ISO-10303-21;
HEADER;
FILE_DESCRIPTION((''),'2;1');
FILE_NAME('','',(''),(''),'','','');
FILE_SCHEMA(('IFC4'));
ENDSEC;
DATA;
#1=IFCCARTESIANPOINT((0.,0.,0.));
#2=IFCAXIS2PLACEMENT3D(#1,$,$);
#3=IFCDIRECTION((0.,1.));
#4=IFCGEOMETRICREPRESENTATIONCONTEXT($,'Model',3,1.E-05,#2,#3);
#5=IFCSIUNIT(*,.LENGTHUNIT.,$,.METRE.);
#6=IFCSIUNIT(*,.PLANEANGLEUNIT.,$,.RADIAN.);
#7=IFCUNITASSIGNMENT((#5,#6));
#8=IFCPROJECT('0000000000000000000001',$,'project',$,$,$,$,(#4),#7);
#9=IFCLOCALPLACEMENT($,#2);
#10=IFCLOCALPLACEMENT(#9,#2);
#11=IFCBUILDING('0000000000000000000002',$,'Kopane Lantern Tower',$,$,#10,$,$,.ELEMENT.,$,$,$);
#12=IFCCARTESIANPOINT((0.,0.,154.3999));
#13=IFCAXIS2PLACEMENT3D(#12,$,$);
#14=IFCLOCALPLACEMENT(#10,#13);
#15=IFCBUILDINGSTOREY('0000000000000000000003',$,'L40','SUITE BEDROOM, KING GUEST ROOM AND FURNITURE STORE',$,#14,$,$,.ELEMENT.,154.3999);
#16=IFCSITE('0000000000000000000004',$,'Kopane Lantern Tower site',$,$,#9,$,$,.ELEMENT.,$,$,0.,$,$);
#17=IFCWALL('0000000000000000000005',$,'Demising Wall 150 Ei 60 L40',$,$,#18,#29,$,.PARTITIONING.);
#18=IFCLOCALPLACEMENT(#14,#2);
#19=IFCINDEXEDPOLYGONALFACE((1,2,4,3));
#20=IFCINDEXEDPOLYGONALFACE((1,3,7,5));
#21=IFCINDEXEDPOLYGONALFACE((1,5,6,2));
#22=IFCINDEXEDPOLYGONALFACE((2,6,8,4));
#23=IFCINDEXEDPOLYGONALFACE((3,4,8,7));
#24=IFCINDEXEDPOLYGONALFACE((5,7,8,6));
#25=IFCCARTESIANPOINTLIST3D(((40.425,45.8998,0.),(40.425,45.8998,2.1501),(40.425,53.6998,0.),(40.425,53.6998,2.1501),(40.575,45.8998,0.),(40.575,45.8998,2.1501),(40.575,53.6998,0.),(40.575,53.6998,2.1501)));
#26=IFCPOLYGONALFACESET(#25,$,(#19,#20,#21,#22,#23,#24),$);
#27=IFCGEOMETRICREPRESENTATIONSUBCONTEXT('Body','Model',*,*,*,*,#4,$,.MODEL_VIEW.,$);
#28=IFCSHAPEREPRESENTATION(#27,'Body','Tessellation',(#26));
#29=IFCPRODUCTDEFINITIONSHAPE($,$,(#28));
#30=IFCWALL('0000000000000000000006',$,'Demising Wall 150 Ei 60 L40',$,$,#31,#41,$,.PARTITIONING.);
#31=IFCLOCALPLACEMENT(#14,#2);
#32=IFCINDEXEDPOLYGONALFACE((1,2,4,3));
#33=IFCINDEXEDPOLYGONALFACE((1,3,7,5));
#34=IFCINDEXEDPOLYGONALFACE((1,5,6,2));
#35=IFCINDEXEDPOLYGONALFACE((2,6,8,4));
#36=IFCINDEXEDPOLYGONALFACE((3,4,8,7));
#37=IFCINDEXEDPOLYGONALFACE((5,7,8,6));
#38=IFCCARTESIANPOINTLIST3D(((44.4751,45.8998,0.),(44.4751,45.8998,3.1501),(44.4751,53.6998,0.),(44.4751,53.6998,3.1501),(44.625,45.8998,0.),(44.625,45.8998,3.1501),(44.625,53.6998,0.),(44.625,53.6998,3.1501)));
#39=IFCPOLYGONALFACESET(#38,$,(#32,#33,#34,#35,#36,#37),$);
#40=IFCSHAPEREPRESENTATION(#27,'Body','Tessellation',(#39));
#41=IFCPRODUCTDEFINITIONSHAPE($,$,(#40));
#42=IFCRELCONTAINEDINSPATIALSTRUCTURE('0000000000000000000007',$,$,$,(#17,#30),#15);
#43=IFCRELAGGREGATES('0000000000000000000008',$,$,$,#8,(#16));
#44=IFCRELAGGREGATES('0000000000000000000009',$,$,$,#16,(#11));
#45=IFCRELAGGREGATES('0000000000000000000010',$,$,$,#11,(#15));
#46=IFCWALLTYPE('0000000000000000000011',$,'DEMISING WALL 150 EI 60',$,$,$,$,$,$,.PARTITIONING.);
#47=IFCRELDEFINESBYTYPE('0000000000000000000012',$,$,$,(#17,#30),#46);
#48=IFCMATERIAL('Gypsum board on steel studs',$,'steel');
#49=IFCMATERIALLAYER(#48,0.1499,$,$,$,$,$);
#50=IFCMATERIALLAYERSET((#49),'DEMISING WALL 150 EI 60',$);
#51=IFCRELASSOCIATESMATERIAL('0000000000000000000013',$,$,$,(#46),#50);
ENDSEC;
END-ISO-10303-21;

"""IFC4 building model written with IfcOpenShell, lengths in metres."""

from ifc_helpers import new_model, si_unit, direction, frame, frame_2d, origin, place, context, subcontext, project, spatial, rectangle, extrude, material, layer, layer_set, type_object, element, save


model = new_model("IFC4")

# Units and contexts
model_context = context("Model", 3, precision=1e-05, world=origin(), true_north=direction((0.0, 1.0)))
body_context = subcontext(model_context, "Body", "Model", "MODEL_VIEW")
ifc_project = project(units=[si_unit("LENGTHUNIT", "METRE"), si_unit("PLANEANGLEUNIT", "RADIAN")], contexts=[model_context])

# Site, building, storey
site_placement = place(None, origin())
site = spatial("IfcSite", under=ifc_project, at=site_placement, Name="Kopane Lantern Tower site", CompositionType="ELEMENT", RefElevation=0.0)
building_placement = place(site_placement, origin())
building = spatial("IfcBuilding", under=site, at=building_placement, Name="Kopane Lantern Tower", CompositionType="ELEMENT")
storey_placement = place(building_placement, frame((0.0, 0.0, 154.3999)))
storey = spatial("IfcBuildingStorey", under=building, at=storey_placement, Name="L40", Description="SUITE BEDROOM, KING GUEST ROOM AND FURNITURE STORE", CompositionType="ELEMENT", Elevation=154.3999)

# Walls
ifc_material_1 = material(Name="Gypsum board on steel studs", Category="steel")
ifc_layer_1 = layer(ifc_material_1, 0.1499)
ifc_layer_set_1 = layer_set([ifc_layer_1], Name="DEMISING WALL 150 EI 60")
wall_type_1 = type_object("IfcWallType", Name="DEMISING WALL 150 EI 60", PredefinedType="PARTITIONING", material=ifc_layer_set_1)
wall_1_placement = place(storey_placement, frame((40.5, 45.8999, 0.0), z_axis=(0.0, 0.0, 1.0), x_axis=(0.0, 1.0, 0.0)))
element("IfcWall", 1, at=wall_1_placement, inside=storey, type_object=wall_type_1, Name="Demising Wall 150 Ei 60 L40", PredefinedType="PARTITIONING", context=body_context, shape_type="SweptSolid", body=[
    extrude(rectangle(XDim=7.8, YDim=0.1499, at=frame_2d((3.8999, 0.0))), origin(), (0.0, 0.0, 1.0), 2.1501),
])
wall_2_placement = place(storey_placement, frame((44.55, 45.8999, 0.0), z_axis=(0.0, 0.0, 1.0), x_axis=(0.0, 1.0, 0.0)))
element("IfcWall", 2, at=wall_2_placement, inside=storey, type_object=wall_type_1, Name="Demising Wall 150 Ei 60 L40", PredefinedType="PARTITIONING", context=body_context, shape_type="SweptSolid", body=[
    extrude(rectangle(XDim=7.8, YDim=0.1499, at=frame_2d((3.8999, 0.0))), origin(), (0.0, 0.0, 1.0), 3.1501),
])

save(model, "model.ifc")
